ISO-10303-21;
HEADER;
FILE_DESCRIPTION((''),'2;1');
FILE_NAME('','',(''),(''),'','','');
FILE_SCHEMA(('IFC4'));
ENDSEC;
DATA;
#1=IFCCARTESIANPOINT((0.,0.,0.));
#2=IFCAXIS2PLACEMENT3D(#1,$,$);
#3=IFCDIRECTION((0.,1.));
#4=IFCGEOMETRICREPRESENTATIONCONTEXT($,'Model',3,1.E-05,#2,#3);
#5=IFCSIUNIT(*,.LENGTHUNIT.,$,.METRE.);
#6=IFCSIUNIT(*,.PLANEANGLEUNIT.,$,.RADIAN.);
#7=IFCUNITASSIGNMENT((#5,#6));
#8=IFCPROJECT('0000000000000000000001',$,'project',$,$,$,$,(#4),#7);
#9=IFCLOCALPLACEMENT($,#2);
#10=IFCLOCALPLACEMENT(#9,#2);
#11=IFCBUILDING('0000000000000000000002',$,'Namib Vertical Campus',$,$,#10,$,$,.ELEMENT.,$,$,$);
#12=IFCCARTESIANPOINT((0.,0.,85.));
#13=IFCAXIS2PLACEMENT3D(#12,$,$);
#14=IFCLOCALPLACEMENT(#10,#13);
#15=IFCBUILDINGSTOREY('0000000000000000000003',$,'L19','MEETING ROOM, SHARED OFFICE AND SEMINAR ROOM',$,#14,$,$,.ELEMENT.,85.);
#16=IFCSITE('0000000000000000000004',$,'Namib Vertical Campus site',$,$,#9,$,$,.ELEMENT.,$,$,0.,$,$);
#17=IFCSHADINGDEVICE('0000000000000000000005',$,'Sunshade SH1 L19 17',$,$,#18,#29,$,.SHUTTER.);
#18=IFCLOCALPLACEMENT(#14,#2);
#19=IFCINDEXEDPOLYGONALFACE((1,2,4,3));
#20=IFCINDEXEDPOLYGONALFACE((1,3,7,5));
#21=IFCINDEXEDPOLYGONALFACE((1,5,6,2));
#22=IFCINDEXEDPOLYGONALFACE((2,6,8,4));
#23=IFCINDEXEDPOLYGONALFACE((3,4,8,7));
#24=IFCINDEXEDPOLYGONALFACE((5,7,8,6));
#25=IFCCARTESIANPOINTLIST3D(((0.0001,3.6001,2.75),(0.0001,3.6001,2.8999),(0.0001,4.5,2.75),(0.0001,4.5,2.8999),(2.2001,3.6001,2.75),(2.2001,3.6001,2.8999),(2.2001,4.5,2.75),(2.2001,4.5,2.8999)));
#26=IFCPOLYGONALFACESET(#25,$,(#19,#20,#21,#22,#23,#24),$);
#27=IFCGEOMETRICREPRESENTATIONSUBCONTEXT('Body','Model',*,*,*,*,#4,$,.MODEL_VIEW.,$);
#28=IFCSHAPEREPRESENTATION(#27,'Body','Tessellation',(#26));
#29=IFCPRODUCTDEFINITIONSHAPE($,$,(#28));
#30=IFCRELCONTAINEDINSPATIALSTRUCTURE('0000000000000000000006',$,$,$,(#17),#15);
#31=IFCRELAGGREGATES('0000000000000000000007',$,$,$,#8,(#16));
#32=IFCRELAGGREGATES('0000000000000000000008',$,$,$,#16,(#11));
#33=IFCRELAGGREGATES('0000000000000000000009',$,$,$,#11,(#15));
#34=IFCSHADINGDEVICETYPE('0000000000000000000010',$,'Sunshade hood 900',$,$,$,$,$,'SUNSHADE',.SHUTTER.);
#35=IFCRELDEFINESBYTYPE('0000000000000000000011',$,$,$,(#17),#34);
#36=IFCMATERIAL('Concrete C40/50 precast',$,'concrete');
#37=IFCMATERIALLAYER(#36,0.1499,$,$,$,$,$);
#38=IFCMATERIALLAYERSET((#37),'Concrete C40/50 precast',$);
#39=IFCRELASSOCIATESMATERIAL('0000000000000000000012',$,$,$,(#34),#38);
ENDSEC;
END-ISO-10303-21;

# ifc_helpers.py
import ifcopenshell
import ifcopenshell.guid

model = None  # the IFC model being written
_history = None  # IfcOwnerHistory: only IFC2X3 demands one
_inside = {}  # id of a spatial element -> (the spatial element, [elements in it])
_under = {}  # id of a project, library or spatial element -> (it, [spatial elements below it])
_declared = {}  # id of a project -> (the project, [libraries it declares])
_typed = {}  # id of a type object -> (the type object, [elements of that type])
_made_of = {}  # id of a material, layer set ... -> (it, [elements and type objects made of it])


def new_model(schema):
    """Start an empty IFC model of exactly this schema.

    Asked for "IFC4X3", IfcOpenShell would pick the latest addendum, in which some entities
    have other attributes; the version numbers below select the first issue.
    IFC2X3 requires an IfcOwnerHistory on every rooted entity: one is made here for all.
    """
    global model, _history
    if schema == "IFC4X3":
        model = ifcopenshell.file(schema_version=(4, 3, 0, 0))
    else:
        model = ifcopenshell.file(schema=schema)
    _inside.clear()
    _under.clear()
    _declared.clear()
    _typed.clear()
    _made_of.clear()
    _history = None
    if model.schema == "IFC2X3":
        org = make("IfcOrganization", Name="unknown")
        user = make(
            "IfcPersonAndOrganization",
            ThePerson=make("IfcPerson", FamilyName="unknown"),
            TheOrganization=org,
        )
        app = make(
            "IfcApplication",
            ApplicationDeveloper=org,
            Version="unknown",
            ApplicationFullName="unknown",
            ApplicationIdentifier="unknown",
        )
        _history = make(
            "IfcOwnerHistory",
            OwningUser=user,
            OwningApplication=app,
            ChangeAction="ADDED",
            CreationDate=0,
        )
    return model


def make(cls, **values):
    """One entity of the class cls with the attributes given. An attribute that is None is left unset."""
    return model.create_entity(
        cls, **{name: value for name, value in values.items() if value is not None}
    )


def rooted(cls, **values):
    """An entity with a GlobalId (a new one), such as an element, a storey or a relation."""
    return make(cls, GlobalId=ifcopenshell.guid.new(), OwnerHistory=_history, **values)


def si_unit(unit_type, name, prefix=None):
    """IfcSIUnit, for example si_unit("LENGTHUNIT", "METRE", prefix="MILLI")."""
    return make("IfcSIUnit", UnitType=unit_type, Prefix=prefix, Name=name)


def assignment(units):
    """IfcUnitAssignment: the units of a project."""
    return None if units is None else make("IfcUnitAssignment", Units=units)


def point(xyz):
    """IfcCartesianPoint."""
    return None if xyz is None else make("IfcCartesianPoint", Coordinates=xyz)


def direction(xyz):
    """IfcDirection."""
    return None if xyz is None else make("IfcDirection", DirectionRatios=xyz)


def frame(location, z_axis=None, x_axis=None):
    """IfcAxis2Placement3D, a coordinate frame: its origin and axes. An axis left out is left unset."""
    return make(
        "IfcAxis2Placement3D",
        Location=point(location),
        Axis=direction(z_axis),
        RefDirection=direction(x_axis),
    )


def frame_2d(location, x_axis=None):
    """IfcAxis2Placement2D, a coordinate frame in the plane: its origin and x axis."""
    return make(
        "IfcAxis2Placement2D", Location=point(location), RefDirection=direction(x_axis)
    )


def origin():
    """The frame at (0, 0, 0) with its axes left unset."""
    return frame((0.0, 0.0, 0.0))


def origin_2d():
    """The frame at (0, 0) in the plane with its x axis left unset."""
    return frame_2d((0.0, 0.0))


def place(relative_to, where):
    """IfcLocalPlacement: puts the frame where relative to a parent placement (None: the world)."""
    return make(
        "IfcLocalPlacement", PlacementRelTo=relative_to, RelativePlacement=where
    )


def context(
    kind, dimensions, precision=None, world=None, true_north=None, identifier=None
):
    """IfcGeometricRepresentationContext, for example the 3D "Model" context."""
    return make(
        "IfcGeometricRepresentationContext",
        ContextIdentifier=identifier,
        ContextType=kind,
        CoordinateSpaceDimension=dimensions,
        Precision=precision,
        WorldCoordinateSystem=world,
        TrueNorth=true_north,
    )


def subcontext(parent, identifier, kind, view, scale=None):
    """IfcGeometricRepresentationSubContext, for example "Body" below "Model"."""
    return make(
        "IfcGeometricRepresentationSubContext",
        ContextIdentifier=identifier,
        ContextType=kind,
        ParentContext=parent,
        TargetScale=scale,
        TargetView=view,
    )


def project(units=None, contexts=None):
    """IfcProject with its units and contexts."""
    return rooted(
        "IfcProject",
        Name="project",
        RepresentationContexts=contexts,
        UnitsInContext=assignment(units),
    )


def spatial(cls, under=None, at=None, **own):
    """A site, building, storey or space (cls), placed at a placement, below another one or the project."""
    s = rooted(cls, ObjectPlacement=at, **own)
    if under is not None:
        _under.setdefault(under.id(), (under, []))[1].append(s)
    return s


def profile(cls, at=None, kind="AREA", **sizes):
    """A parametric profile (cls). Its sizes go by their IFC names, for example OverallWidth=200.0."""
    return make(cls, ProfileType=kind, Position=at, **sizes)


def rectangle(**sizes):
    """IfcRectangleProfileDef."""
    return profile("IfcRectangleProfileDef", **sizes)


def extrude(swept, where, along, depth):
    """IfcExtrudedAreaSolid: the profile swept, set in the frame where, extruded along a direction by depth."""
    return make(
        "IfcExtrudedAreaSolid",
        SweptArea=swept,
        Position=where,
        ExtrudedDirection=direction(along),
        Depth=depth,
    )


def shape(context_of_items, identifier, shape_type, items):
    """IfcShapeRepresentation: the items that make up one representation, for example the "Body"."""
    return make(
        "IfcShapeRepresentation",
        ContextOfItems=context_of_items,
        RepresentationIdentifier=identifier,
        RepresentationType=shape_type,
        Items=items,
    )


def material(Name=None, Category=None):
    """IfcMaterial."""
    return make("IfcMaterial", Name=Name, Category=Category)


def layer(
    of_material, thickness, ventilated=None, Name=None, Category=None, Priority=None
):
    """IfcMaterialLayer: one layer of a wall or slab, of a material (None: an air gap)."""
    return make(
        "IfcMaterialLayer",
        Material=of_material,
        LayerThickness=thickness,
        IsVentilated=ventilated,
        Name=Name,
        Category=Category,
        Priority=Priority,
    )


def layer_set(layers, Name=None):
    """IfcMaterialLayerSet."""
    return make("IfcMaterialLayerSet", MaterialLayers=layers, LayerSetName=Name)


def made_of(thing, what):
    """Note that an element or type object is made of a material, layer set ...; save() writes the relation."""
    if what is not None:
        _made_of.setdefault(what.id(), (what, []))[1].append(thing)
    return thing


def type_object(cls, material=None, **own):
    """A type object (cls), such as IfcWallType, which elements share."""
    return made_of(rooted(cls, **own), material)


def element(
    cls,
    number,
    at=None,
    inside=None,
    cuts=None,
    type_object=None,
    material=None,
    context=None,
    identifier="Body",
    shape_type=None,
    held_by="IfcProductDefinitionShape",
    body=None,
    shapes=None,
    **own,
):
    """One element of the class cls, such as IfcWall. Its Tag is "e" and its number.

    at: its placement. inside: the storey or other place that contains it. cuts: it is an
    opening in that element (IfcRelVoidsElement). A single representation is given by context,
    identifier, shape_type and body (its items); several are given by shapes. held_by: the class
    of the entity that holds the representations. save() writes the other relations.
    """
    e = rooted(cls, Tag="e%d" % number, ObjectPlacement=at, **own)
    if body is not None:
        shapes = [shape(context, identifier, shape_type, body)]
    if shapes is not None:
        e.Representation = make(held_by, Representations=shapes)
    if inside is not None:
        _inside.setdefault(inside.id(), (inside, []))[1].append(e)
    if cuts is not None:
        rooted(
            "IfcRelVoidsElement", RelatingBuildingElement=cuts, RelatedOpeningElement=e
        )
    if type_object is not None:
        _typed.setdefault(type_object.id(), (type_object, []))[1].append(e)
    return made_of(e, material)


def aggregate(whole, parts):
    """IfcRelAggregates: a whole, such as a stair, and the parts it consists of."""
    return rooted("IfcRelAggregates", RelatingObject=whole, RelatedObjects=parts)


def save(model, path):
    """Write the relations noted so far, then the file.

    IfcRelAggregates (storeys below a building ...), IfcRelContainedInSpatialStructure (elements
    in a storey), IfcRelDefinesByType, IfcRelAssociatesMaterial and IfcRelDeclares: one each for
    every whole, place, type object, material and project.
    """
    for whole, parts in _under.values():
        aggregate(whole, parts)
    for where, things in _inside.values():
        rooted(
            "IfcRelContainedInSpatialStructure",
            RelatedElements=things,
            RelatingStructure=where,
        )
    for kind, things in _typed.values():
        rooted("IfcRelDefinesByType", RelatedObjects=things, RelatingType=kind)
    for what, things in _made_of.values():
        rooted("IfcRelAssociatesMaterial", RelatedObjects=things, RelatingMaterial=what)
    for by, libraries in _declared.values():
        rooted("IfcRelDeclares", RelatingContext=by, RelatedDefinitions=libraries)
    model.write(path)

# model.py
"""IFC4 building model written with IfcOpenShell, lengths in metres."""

from ifc_helpers import new_model, si_unit, direction, frame, origin, origin_2d, place, context, subcontext, project, spatial, rectangle, extrude, material, layer, layer_set, type_object, element, save


model = new_model("IFC4")

# Units and contexts
model_context = context("Model", 3, precision=1e-05, world=origin(), true_north=direction((0.0, 1.0)))
body_context = subcontext(model_context, "Body", "Model", "MODEL_VIEW")
ifc_project = project(units=[si_unit("LENGTHUNIT", "METRE"), si_unit("PLANEANGLEUNIT", "RADIAN")], contexts=[model_context])

# Site, building, storey
site_placement = place(None, origin())
site = spatial("IfcSite", under=ifc_project, at=site_placement, Name="Namib Vertical Campus site", CompositionType="ELEMENT", RefElevation=0.0)
building_placement = place(site_placement, origin())
building = spatial("IfcBuilding", under=site, at=building_placement, Name="Namib Vertical Campus", CompositionType="ELEMENT")
storey_placement = place(building_placement, frame((0.0, 0.0, 85.0)))
storey = spatial("IfcBuildingStorey", under=building, at=storey_placement, Name="L19", Description="MEETING ROOM, SHARED OFFICE AND SEMINAR ROOM", CompositionType="ELEMENT", Elevation=85.0)

# Shading device
ifc_material_1 = material(Name="Concrete C40/50 precast", Category="concrete")
ifc_layer_1 = layer(ifc_material_1, 0.1499)
ifc_layer_set_1 = layer_set([ifc_layer_1], Name="Concrete C40/50 precast")
shading_device_type = type_object("IfcShadingDeviceType", Name="Sunshade hood 900", ElementType="SUNSHADE", PredefinedType="SHUTTER", material=ifc_layer_set_1)
shading_device_placement = place(storey_placement, frame((1.1001, 4.05, 2.75), z_axis=(0.0, 0.0, 1.0), x_axis=(1.0, 0.0, 0.0)))
element("IfcShadingDevice", 1, at=shading_device_placement, inside=storey, type_object=shading_device_type, Name="Sunshade SH1 L19 17", PredefinedType="SHUTTER", context=body_context, shape_type="SweptSolid", body=[
    extrude(rectangle(XDim=2.2, YDim=0.8999, at=origin_2d()), origin(), (0.0, 0.0, 1.0), 0.1499),
])

save(model, "model.ifc")
